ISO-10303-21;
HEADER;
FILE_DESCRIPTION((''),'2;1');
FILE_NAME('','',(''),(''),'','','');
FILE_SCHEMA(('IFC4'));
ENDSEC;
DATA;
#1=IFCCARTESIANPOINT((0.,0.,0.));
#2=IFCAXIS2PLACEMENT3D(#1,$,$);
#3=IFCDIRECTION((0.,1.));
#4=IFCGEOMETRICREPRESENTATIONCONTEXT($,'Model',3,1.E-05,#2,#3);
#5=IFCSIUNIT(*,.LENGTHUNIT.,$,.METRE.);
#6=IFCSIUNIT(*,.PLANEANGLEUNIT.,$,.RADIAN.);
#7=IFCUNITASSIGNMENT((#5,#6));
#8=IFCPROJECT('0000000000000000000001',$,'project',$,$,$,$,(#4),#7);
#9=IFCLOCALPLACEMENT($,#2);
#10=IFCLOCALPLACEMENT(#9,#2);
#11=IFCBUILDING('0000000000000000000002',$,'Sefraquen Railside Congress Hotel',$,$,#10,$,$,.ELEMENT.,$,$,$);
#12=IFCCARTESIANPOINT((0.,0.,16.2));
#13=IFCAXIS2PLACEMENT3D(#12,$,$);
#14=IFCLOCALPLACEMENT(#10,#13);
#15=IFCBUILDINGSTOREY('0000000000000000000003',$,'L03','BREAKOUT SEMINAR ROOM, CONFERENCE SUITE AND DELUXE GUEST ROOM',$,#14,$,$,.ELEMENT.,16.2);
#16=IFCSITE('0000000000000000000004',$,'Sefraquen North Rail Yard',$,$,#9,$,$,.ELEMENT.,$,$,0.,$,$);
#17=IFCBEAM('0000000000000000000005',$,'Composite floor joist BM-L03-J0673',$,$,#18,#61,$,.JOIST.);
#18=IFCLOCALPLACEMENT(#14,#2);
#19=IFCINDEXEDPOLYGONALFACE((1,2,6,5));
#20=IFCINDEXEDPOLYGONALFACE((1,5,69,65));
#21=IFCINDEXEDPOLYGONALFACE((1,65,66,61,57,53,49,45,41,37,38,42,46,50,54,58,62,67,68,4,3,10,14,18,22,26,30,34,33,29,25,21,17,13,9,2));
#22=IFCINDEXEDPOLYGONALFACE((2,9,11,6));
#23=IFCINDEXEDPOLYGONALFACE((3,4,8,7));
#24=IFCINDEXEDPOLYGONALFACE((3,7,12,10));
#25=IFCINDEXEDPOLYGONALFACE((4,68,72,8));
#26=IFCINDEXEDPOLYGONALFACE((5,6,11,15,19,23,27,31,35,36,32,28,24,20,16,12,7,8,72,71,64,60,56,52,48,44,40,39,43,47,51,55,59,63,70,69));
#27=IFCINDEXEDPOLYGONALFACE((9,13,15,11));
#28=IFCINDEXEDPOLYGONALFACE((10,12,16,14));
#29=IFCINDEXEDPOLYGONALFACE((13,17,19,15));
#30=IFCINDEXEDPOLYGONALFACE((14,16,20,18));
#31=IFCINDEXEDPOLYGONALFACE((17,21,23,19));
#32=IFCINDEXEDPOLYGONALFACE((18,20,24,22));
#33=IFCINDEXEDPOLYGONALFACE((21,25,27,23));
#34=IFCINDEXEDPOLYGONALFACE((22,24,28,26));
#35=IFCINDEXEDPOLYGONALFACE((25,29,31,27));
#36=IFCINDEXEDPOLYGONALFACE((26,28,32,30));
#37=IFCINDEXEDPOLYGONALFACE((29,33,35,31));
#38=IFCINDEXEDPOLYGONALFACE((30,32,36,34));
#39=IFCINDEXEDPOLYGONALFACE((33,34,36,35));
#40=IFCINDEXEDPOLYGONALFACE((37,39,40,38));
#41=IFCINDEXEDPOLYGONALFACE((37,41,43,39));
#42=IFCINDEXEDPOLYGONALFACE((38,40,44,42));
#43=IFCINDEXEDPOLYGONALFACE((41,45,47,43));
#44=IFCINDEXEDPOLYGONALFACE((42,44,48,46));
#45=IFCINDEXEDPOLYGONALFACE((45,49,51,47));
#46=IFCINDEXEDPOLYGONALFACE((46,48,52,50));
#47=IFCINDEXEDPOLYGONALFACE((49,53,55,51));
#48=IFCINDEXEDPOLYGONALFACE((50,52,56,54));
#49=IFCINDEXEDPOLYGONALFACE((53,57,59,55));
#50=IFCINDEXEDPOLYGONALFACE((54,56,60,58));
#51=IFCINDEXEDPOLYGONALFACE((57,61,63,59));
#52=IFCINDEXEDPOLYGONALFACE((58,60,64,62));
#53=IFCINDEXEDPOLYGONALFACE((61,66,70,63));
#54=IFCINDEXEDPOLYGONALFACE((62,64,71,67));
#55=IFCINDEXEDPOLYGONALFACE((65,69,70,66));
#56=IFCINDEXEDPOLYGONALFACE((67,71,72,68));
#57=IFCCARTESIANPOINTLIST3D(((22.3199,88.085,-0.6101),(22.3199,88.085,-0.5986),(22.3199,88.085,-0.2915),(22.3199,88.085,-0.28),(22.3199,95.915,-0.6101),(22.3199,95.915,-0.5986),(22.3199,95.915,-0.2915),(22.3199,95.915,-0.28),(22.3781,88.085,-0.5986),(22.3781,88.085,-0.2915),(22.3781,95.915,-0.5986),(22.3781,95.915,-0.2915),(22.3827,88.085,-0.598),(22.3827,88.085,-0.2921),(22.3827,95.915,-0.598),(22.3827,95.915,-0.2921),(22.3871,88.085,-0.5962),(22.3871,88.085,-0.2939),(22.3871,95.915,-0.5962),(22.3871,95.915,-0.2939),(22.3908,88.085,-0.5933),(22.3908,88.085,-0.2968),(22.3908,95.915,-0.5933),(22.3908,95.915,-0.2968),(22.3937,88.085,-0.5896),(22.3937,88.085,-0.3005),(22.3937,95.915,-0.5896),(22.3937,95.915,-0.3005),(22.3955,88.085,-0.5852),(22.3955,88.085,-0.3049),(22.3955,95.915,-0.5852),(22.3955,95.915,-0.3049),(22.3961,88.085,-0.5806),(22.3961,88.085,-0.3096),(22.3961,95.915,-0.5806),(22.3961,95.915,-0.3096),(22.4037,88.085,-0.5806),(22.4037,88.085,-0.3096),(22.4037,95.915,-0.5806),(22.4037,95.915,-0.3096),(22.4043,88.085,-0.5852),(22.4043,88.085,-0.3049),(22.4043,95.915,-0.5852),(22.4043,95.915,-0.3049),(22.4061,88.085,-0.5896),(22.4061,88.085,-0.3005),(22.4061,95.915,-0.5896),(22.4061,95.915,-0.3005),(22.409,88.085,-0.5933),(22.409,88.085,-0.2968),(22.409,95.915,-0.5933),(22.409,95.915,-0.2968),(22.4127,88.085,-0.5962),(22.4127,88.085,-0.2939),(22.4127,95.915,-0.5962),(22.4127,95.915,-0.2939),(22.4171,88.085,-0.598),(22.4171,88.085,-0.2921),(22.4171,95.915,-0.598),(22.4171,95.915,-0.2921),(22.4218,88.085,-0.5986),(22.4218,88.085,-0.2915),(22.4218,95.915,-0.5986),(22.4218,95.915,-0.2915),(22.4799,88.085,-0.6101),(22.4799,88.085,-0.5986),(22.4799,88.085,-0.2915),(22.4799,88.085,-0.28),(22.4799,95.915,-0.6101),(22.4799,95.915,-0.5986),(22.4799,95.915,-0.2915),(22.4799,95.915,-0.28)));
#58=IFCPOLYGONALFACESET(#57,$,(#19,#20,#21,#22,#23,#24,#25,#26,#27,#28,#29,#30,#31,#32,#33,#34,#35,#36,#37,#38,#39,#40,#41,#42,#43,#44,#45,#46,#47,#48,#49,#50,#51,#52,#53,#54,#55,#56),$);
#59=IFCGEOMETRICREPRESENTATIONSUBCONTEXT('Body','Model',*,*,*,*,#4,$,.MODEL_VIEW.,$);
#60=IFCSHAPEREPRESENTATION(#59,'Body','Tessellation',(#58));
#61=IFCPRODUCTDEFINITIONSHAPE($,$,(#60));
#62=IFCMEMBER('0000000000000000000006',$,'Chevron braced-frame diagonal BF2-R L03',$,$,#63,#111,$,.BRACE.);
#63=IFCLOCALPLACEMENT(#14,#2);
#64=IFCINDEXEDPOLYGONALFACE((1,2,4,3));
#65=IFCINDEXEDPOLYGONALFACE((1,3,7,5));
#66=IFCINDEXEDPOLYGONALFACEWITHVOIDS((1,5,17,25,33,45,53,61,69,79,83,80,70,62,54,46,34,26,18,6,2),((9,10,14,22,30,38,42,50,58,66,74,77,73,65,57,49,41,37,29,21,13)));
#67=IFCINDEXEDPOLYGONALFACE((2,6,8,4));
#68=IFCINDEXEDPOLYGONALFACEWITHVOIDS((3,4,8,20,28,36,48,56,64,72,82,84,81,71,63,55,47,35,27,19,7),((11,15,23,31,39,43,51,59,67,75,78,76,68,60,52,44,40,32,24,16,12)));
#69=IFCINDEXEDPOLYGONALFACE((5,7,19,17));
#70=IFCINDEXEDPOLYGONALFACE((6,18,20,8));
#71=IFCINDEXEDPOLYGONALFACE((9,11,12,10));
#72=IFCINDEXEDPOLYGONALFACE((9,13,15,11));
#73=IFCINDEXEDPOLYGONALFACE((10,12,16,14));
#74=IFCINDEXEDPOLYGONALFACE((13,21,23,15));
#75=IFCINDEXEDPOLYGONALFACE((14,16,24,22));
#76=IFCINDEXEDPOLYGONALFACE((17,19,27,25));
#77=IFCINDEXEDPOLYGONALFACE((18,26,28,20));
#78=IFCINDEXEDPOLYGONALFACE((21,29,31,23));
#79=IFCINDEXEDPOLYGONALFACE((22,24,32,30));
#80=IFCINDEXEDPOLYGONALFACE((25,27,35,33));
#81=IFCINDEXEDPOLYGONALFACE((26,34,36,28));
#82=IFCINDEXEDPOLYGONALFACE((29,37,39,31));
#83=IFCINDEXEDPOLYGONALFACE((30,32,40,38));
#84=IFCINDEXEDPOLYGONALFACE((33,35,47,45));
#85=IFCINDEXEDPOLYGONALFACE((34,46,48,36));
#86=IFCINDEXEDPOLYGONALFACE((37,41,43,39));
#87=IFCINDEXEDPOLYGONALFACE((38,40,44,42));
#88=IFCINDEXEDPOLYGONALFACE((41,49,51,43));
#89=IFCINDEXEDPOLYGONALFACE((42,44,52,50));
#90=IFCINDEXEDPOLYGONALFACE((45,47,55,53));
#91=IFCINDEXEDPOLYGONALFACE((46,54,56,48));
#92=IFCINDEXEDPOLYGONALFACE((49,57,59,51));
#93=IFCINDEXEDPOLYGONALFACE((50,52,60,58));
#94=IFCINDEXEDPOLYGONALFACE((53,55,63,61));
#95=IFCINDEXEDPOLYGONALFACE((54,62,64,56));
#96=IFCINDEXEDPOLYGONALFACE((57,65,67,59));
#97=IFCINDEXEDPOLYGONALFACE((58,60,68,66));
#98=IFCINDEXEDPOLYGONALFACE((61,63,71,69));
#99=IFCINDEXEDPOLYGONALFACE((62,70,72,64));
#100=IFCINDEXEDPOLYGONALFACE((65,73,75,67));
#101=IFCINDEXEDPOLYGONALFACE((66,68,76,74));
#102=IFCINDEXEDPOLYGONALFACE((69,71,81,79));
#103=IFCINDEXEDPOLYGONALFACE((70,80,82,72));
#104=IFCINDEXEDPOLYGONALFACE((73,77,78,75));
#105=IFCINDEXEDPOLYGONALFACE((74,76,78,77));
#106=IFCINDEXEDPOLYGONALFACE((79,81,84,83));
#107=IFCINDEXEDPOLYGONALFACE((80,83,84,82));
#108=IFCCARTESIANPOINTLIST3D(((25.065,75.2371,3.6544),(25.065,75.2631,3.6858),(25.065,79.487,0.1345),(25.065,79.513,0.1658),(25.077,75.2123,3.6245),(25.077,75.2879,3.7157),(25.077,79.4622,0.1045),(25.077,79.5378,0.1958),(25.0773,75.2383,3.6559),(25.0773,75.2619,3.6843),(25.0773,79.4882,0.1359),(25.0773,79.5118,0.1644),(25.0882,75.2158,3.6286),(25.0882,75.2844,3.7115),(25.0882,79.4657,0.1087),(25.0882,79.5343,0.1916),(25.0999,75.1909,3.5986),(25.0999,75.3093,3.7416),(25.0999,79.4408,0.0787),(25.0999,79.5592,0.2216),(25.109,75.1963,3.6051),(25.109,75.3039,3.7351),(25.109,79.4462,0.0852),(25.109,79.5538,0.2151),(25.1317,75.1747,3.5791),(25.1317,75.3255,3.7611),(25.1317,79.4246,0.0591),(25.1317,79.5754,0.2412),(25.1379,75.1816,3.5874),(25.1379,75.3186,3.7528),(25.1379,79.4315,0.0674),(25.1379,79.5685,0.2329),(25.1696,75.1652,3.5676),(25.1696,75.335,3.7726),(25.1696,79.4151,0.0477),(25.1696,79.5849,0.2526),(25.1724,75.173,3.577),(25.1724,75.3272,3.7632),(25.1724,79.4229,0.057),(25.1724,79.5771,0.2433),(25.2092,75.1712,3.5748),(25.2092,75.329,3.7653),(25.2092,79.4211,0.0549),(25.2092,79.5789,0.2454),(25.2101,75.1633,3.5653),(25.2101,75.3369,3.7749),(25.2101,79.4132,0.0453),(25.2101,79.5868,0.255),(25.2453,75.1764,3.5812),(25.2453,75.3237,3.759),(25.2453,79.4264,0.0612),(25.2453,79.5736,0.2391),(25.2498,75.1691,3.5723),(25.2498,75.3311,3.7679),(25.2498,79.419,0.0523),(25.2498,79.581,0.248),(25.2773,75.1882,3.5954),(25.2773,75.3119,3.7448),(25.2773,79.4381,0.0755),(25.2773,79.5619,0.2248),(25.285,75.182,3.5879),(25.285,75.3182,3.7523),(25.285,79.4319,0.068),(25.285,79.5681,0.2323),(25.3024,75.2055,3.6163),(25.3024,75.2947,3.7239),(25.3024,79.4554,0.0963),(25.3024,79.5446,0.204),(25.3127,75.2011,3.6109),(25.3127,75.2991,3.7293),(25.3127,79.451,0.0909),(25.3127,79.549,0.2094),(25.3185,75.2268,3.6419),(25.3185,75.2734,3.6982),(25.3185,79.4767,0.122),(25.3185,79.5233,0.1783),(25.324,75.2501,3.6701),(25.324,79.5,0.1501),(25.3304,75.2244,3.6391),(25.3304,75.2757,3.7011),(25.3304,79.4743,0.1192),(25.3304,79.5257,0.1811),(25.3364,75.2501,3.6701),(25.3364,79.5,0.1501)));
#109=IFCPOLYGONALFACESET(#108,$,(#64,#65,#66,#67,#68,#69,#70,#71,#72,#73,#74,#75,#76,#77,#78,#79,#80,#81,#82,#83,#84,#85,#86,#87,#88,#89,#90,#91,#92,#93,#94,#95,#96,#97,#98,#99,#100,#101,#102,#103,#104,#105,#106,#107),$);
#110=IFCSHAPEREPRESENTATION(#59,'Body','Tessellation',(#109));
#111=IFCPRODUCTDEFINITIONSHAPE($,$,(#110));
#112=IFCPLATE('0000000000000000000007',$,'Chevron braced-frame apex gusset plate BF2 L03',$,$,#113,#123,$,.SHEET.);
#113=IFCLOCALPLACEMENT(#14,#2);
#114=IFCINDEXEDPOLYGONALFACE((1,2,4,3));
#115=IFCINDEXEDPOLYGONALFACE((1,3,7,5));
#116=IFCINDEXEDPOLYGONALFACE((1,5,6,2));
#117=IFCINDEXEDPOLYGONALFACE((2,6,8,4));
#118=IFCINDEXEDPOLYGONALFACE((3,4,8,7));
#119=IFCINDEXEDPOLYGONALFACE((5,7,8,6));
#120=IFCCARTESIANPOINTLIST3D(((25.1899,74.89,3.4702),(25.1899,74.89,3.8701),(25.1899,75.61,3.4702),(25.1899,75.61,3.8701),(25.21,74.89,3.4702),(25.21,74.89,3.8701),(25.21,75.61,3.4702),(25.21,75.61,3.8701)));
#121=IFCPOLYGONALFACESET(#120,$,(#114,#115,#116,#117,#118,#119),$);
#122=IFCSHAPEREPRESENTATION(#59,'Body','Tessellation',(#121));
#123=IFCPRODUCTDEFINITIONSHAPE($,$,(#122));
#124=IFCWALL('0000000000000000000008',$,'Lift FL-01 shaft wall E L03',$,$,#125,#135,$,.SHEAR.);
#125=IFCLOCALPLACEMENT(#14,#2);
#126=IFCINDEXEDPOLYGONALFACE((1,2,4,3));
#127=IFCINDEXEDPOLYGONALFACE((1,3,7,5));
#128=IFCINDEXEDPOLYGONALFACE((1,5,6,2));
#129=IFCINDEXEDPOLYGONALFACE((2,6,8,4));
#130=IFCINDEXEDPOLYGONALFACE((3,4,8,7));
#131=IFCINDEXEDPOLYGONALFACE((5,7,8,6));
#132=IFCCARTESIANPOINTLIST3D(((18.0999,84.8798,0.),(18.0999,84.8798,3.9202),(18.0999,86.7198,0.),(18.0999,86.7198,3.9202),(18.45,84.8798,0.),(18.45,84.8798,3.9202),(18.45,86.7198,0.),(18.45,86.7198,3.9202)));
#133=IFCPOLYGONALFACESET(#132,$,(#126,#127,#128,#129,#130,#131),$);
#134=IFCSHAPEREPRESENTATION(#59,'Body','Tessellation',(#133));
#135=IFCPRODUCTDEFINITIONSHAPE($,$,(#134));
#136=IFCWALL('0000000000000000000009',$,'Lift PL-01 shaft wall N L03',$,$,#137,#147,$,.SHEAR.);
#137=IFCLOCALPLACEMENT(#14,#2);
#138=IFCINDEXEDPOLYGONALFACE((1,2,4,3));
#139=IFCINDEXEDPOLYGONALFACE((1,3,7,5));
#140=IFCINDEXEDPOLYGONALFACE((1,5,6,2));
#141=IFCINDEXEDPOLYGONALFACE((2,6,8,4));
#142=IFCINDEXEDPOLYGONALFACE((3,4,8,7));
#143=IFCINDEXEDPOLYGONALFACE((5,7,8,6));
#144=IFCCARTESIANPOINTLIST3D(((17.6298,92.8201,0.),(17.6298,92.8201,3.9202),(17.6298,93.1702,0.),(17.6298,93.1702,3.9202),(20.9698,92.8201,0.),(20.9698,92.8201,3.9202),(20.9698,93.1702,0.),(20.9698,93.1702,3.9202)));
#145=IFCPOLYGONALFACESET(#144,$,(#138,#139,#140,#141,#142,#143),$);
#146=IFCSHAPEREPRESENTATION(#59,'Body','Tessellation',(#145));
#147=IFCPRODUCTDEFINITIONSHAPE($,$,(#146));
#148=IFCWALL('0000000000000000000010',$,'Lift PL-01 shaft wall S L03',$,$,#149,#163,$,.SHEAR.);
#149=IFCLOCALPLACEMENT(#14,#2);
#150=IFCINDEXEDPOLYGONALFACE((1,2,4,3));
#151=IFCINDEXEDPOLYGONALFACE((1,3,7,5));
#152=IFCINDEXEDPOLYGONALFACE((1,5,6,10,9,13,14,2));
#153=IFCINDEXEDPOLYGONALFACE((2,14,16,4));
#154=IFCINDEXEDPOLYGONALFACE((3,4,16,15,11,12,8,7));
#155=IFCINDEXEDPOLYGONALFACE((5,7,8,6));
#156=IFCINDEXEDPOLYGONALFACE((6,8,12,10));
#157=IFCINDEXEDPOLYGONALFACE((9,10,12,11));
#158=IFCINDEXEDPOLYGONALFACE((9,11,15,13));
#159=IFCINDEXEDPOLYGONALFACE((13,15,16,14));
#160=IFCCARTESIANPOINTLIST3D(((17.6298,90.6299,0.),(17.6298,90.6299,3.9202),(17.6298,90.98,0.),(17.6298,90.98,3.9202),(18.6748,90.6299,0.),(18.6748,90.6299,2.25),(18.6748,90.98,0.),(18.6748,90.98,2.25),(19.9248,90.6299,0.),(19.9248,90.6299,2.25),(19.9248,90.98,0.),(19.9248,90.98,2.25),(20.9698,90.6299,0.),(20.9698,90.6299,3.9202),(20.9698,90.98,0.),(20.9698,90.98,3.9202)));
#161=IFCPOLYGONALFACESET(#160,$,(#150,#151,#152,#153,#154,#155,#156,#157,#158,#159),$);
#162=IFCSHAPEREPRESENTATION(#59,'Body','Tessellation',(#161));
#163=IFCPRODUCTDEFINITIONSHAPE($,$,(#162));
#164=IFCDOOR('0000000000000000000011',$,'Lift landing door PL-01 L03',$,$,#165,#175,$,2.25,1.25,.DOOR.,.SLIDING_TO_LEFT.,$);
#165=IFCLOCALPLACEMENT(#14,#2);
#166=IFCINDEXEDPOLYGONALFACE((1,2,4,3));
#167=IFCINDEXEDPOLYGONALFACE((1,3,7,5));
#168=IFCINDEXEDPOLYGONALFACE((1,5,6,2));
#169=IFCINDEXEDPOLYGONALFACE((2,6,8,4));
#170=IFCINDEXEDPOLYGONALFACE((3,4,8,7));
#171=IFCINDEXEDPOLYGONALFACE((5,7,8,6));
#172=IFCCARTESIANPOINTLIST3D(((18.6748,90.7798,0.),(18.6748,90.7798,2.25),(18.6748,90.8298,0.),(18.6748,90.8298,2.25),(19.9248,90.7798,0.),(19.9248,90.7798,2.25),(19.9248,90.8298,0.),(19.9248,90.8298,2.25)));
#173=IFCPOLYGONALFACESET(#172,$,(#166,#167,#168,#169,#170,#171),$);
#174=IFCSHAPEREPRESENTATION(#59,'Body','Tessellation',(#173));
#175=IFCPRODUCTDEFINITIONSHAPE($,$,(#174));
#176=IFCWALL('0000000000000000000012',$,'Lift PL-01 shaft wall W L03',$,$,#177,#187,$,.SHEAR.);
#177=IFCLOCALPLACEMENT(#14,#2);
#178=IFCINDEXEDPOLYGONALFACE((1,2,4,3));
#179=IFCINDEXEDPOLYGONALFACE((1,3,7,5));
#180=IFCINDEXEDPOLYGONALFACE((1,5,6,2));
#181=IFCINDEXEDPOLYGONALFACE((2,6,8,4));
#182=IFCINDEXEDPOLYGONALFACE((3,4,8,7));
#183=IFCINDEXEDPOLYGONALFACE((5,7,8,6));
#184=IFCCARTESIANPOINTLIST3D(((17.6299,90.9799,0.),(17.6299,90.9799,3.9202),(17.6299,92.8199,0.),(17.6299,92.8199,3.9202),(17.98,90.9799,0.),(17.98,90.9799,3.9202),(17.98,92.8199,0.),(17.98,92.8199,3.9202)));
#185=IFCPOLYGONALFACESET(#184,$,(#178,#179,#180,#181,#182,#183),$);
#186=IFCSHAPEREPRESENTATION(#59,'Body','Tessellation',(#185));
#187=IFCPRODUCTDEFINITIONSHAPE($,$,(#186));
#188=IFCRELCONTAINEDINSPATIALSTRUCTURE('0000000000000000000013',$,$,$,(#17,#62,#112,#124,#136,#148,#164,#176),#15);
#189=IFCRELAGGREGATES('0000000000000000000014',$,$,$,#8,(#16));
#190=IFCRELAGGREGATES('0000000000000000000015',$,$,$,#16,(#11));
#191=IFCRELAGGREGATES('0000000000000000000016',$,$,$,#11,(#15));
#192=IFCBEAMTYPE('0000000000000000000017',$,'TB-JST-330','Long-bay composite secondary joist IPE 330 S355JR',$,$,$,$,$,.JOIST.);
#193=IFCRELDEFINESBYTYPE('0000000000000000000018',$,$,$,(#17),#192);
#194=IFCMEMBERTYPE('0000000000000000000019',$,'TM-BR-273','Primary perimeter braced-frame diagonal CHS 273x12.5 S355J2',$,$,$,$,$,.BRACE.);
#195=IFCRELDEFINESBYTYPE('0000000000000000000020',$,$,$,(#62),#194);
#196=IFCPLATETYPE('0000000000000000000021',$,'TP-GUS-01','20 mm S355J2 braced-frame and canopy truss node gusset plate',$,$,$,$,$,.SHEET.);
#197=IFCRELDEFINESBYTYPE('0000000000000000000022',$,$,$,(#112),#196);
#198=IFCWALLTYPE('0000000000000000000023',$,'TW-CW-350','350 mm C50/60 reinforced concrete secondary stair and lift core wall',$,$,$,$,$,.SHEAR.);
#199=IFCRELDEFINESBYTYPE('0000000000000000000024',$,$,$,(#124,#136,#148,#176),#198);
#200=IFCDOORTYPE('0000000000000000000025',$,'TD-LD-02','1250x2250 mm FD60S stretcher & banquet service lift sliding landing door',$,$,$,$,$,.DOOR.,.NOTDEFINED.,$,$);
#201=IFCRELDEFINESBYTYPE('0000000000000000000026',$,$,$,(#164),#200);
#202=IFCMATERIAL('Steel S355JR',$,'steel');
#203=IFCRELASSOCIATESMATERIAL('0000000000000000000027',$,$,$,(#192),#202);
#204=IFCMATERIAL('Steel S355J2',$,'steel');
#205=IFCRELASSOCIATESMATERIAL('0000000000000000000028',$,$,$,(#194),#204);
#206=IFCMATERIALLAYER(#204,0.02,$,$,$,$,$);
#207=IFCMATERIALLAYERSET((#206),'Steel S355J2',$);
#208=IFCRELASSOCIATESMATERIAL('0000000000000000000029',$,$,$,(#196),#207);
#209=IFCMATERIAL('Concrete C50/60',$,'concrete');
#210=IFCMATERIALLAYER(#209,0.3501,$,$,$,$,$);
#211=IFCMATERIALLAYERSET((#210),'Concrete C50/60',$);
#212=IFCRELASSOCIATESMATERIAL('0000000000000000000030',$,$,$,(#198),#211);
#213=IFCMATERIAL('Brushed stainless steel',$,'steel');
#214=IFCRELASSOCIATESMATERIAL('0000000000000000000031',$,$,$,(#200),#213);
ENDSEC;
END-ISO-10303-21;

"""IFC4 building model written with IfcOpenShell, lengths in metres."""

from ifc_helpers import new_model, si_unit, direction, frame, frame_2d, origin, origin_2d, place, context, subcontext, project, spatial, rectangle, hollow_circle, i_section, extrude, material, layer, layer_set, material_profile, profile_set, type_object, element, fill, save


model = new_model("IFC4")

# Units and contexts
model_context = context("Model", 3, precision=1e-05, world=origin(), true_north=direction((0.0, 1.0)))
body_context = subcontext(model_context, "Body", "Model", "MODEL_VIEW")
ifc_project = project(units=[si_unit("LENGTHUNIT", "METRE"), si_unit("PLANEANGLEUNIT", "RADIAN")], contexts=[model_context])

# Site, building, storey
site_placement = place(None, origin())
site = spatial("IfcSite", under=ifc_project, at=site_placement, Name="Sefraquen North Rail Yard", CompositionType="ELEMENT", RefElevation=0.0)
building_placement = place(site_placement, origin())
building = spatial("IfcBuilding", under=site, at=building_placement, Name="Sefraquen Railside Congress Hotel", CompositionType="ELEMENT")
storey_placement = place(building_placement, frame((0.0, 0.0, 16.2)))
storey = spatial("IfcBuildingStorey", under=building, at=storey_placement, Name="L03", Description="BREAKOUT SEMINAR ROOM, CONFERENCE SUITE AND DELUXE GUEST ROOM", CompositionType="ELEMENT", Elevation=16.2)

# Shared definitions
ifc_material_1 = material(Name="Steel S355JR", Category="steel")

# Beam
ifc_material_profile_1 = material_profile(ifc_material_1, i_section(OverallWidth=0.1599, OverallDepth=0.3301, WebThickness=0.0076, FlangeThickness=0.0115, FilletRadius=0.0181, at=origin_2d()), Name="IPE 330")
ifc_profile_set_1 = profile_set([ifc_material_profile_1], Name="Steel S355JR")
beam_type_1 = type_object("IfcBeamType", Name="TB-JST-330", Description="Long-bay composite secondary joist IPE 330 S355JR", PredefinedType="JOIST", material=ifc_profile_set_1)
for number, where, z_axis, x_axis, name in (
    (1, (22.3999, 88.085, -0.4451), (0.0, 1.0, 0.0), (-1.0, 0.0, 0.0), "Composite floor joist BM-L03-J0673"),
):
    element("IfcBeam", number, at=place(storey_placement, frame(where, z_axis=z_axis, x_axis=x_axis)), inside=storey, type_object=beam_type_1, Name=name, PredefinedType="JOIST", context=body_context, shape_type="SweptSolid", body=[
        extrude(i_section(OverallWidth=0.1599, OverallDepth=0.3301, WebThickness=0.0076, FlangeThickness=0.0115, FilletRadius=0.0181, at=origin_2d()), origin(), (0.0, 0.0, 1.0), 7.8301),
    ])

# Member
ifc_material_2 = material(Name="Steel S355J2", Category="steel")
ifc_material_profile_2 = material_profile(ifc_material_2, hollow_circle(Radius=0.1365, WallThickness=0.0125, at=origin_2d()), Name="CHS 273x12.5")
ifc_profile_set_2 = profile_set([ifc_material_profile_2], Name="Steel S355J2")
member_type = type_object("IfcMemberType", Name="TM-BR-273", Description="Primary perimeter braced-frame diagonal CHS 273x12.5 S355J2", PredefinedType="BRACE", material=ifc_profile_set_2)
member_placement = place(storey_placement, frame((25.2, 79.5, 0.1501), z_axis=(0.0, -0.770147, 0.637866), x_axis=(1.0, 0.0, 0.0)))
element("IfcMember", 2, at=member_placement, inside=storey, type_object=member_type, Name="Chevron braced-frame diagonal BF2-R L03", PredefinedType="BRACE", context=body_context, shape_type="SweptSolid", body=[
    extrude(hollow_circle(Radius=0.1365, WallThickness=0.0125, at=origin_2d()), origin(), (0.0, 0.0, 1.0), 5.5183),
])

# Plate
ifc_layer_1 = layer(ifc_material_2, 0.02)
ifc_layer_set_1 = layer_set([ifc_layer_1], Name="Steel S355J2")
plate_type = type_object("IfcPlateType", Name="TP-GUS-01", Description="20 mm S355J2 braced-frame and canopy truss node gusset plate", PredefinedType="SHEET", material=ifc_layer_set_1)
plate_placement = place(storey_placement, frame((25.2, 75.25, 3.4702), z_axis=(0.0, 0.0, 1.0), x_axis=(0.0, 1.0, 0.0)))
element("IfcPlate", 3, at=plate_placement, inside=storey, type_object=plate_type, Name="Chevron braced-frame apex gusset plate BF2 L03", PredefinedType="SHEET", context=body_context, shape_type="SweptSolid", body=[
    extrude(rectangle(XDim=0.72, YDim=0.02, at=origin_2d()), origin(), (0.0, 0.0, 1.0), 0.3999),
])

# Walls
ifc_material_3 = material(Name="Concrete C50/60", Category="concrete")
ifc_layer_2 = layer(ifc_material_3, 0.3501)
ifc_layer_set_2 = layer_set([ifc_layer_2], Name="Concrete C50/60")
wall_type_1 = type_object("IfcWallType", Name="TW-CW-350", Description="350 mm C50/60 reinforced concrete secondary stair and lift core wall", PredefinedType="SHEAR", material=ifc_layer_set_2)
wall_1_placement = place(storey_placement, frame((18.2749, 84.8799, 0.0), z_axis=(0.0, 0.0, 1.0), x_axis=(0.0, 1.0, 0.0)))
element("IfcWall", 4, at=wall_1_placement, inside=storey, type_object=wall_type_1, Name="Lift FL-01 shaft wall E L03", PredefinedType="SHEAR", context=body_context, shape_type="SweptSolid", body=[
    extrude(rectangle(XDim=1.8401, YDim=0.3501, at=frame_2d((0.9199, 0.0))), origin(), (0.0, 0.0, 1.0), 3.9202),
])
wall_2_placement = place(storey_placement, frame((17.6299, 92.9951, 0.0), z_axis=(0.0, 0.0, 1.0), x_axis=(1.0, 0.0, 0.0)))
element("IfcWall", 5, at=wall_2_placement, inside=storey, type_object=wall_type_1, Name="Lift PL-01 shaft wall N L03", PredefinedType="SHEAR", context=body_context, shape_type="SweptSolid", body=[
    extrude(rectangle(XDim=3.3401, YDim=0.3501, at=frame_2d((1.6699, 0.0))), origin(), (0.0, 0.0, 1.0), 3.9202),
])

# Wall, opening, door
wall_3_placement = place(storey_placement, frame((17.6299, 90.8049, 0.0), z_axis=(0.0, 0.0, 1.0), x_axis=(1.0, 0.0, 0.0)))
wall_3 = element("IfcWall", 6, at=wall_3_placement, inside=storey, type_object=wall_type_1, Name="Lift PL-01 shaft wall S L03", PredefinedType="SHEAR", context=body_context, shape_type="SweptSolid", body=[
    extrude(rectangle(XDim=3.3401, YDim=0.3501, at=frame_2d((1.6699, 0.0))), origin(), (0.0, 0.0, 1.0), 3.9202),
])
opening_1_placement = place(wall_3_placement, frame((1.0449, 0.0, 0.0)))
opening_1 = element("IfcOpeningElement", 7, at=opening_1_placement, cuts=wall_3, PredefinedType="OPENING", context=body_context, shape_type="SweptSolid", body=[
    extrude(rectangle(XDim=1.25, YDim=2.25, at=frame_2d((0.625, 1.125))), frame((0.0, 0.1851, 0.0), z_axis=(0.0, -1.0, 0.0), x_axis=(1.0, 0.0, 0.0)), (0.0, 0.0, 1.0), 0.3701),
])
ifc_material_4 = material(Name="Brushed stainless steel", Category="steel")
door_type_1 = type_object("IfcDoorType", Name="TD-LD-02", Description="1250x2250 mm FD60S stretcher & banquet service lift sliding landing door", OperationType="NOTDEFINED", PredefinedType="DOOR", material=ifc_material_4)
door_1_placement = place(opening_1_placement, origin())
door_1 = element("IfcDoor", 8, at=door_1_placement, inside=storey, type_object=door_type_1, Name="Lift landing door PL-01 L03", OperationType="SLIDING_TO_LEFT", OverallHeight=2.25, OverallWidth=1.25, PredefinedType="DOOR", context=body_context, shape_type="SweptSolid", body=[
    extrude(rectangle(XDim=1.25, YDim=2.25, at=frame_2d((0.625, 1.125))), frame((0.0, 0.0249, 0.0), z_axis=(0.0, -1.0, 0.0), x_axis=(1.0, 0.0, 0.0)), (0.0, 0.0, 1.0), 0.05),
])
fill(opening_1, door_1)

# Wall
for number, where, z_axis, x_axis, name in (
    (9, (17.8049, 90.98, 0.0), (0.0, 0.0, 1.0), (0.0, 1.0, 0.0), "Lift PL-01 shaft wall W L03"),
):
    element("IfcWall", number, at=place(storey_placement, frame(where, z_axis=z_axis, x_axis=x_axis)), inside=storey, type_object=wall_type_1, Name=name, PredefinedType="SHEAR", context=body_context, shape_type="SweptSolid", body=[
        extrude(rectangle(XDim=1.8401, YDim=0.3501, at=frame_2d((0.9199, 0.0))), origin(), (0.0, 0.0, 1.0), 3.9202),
    ])

save(model, "model.ifc")
